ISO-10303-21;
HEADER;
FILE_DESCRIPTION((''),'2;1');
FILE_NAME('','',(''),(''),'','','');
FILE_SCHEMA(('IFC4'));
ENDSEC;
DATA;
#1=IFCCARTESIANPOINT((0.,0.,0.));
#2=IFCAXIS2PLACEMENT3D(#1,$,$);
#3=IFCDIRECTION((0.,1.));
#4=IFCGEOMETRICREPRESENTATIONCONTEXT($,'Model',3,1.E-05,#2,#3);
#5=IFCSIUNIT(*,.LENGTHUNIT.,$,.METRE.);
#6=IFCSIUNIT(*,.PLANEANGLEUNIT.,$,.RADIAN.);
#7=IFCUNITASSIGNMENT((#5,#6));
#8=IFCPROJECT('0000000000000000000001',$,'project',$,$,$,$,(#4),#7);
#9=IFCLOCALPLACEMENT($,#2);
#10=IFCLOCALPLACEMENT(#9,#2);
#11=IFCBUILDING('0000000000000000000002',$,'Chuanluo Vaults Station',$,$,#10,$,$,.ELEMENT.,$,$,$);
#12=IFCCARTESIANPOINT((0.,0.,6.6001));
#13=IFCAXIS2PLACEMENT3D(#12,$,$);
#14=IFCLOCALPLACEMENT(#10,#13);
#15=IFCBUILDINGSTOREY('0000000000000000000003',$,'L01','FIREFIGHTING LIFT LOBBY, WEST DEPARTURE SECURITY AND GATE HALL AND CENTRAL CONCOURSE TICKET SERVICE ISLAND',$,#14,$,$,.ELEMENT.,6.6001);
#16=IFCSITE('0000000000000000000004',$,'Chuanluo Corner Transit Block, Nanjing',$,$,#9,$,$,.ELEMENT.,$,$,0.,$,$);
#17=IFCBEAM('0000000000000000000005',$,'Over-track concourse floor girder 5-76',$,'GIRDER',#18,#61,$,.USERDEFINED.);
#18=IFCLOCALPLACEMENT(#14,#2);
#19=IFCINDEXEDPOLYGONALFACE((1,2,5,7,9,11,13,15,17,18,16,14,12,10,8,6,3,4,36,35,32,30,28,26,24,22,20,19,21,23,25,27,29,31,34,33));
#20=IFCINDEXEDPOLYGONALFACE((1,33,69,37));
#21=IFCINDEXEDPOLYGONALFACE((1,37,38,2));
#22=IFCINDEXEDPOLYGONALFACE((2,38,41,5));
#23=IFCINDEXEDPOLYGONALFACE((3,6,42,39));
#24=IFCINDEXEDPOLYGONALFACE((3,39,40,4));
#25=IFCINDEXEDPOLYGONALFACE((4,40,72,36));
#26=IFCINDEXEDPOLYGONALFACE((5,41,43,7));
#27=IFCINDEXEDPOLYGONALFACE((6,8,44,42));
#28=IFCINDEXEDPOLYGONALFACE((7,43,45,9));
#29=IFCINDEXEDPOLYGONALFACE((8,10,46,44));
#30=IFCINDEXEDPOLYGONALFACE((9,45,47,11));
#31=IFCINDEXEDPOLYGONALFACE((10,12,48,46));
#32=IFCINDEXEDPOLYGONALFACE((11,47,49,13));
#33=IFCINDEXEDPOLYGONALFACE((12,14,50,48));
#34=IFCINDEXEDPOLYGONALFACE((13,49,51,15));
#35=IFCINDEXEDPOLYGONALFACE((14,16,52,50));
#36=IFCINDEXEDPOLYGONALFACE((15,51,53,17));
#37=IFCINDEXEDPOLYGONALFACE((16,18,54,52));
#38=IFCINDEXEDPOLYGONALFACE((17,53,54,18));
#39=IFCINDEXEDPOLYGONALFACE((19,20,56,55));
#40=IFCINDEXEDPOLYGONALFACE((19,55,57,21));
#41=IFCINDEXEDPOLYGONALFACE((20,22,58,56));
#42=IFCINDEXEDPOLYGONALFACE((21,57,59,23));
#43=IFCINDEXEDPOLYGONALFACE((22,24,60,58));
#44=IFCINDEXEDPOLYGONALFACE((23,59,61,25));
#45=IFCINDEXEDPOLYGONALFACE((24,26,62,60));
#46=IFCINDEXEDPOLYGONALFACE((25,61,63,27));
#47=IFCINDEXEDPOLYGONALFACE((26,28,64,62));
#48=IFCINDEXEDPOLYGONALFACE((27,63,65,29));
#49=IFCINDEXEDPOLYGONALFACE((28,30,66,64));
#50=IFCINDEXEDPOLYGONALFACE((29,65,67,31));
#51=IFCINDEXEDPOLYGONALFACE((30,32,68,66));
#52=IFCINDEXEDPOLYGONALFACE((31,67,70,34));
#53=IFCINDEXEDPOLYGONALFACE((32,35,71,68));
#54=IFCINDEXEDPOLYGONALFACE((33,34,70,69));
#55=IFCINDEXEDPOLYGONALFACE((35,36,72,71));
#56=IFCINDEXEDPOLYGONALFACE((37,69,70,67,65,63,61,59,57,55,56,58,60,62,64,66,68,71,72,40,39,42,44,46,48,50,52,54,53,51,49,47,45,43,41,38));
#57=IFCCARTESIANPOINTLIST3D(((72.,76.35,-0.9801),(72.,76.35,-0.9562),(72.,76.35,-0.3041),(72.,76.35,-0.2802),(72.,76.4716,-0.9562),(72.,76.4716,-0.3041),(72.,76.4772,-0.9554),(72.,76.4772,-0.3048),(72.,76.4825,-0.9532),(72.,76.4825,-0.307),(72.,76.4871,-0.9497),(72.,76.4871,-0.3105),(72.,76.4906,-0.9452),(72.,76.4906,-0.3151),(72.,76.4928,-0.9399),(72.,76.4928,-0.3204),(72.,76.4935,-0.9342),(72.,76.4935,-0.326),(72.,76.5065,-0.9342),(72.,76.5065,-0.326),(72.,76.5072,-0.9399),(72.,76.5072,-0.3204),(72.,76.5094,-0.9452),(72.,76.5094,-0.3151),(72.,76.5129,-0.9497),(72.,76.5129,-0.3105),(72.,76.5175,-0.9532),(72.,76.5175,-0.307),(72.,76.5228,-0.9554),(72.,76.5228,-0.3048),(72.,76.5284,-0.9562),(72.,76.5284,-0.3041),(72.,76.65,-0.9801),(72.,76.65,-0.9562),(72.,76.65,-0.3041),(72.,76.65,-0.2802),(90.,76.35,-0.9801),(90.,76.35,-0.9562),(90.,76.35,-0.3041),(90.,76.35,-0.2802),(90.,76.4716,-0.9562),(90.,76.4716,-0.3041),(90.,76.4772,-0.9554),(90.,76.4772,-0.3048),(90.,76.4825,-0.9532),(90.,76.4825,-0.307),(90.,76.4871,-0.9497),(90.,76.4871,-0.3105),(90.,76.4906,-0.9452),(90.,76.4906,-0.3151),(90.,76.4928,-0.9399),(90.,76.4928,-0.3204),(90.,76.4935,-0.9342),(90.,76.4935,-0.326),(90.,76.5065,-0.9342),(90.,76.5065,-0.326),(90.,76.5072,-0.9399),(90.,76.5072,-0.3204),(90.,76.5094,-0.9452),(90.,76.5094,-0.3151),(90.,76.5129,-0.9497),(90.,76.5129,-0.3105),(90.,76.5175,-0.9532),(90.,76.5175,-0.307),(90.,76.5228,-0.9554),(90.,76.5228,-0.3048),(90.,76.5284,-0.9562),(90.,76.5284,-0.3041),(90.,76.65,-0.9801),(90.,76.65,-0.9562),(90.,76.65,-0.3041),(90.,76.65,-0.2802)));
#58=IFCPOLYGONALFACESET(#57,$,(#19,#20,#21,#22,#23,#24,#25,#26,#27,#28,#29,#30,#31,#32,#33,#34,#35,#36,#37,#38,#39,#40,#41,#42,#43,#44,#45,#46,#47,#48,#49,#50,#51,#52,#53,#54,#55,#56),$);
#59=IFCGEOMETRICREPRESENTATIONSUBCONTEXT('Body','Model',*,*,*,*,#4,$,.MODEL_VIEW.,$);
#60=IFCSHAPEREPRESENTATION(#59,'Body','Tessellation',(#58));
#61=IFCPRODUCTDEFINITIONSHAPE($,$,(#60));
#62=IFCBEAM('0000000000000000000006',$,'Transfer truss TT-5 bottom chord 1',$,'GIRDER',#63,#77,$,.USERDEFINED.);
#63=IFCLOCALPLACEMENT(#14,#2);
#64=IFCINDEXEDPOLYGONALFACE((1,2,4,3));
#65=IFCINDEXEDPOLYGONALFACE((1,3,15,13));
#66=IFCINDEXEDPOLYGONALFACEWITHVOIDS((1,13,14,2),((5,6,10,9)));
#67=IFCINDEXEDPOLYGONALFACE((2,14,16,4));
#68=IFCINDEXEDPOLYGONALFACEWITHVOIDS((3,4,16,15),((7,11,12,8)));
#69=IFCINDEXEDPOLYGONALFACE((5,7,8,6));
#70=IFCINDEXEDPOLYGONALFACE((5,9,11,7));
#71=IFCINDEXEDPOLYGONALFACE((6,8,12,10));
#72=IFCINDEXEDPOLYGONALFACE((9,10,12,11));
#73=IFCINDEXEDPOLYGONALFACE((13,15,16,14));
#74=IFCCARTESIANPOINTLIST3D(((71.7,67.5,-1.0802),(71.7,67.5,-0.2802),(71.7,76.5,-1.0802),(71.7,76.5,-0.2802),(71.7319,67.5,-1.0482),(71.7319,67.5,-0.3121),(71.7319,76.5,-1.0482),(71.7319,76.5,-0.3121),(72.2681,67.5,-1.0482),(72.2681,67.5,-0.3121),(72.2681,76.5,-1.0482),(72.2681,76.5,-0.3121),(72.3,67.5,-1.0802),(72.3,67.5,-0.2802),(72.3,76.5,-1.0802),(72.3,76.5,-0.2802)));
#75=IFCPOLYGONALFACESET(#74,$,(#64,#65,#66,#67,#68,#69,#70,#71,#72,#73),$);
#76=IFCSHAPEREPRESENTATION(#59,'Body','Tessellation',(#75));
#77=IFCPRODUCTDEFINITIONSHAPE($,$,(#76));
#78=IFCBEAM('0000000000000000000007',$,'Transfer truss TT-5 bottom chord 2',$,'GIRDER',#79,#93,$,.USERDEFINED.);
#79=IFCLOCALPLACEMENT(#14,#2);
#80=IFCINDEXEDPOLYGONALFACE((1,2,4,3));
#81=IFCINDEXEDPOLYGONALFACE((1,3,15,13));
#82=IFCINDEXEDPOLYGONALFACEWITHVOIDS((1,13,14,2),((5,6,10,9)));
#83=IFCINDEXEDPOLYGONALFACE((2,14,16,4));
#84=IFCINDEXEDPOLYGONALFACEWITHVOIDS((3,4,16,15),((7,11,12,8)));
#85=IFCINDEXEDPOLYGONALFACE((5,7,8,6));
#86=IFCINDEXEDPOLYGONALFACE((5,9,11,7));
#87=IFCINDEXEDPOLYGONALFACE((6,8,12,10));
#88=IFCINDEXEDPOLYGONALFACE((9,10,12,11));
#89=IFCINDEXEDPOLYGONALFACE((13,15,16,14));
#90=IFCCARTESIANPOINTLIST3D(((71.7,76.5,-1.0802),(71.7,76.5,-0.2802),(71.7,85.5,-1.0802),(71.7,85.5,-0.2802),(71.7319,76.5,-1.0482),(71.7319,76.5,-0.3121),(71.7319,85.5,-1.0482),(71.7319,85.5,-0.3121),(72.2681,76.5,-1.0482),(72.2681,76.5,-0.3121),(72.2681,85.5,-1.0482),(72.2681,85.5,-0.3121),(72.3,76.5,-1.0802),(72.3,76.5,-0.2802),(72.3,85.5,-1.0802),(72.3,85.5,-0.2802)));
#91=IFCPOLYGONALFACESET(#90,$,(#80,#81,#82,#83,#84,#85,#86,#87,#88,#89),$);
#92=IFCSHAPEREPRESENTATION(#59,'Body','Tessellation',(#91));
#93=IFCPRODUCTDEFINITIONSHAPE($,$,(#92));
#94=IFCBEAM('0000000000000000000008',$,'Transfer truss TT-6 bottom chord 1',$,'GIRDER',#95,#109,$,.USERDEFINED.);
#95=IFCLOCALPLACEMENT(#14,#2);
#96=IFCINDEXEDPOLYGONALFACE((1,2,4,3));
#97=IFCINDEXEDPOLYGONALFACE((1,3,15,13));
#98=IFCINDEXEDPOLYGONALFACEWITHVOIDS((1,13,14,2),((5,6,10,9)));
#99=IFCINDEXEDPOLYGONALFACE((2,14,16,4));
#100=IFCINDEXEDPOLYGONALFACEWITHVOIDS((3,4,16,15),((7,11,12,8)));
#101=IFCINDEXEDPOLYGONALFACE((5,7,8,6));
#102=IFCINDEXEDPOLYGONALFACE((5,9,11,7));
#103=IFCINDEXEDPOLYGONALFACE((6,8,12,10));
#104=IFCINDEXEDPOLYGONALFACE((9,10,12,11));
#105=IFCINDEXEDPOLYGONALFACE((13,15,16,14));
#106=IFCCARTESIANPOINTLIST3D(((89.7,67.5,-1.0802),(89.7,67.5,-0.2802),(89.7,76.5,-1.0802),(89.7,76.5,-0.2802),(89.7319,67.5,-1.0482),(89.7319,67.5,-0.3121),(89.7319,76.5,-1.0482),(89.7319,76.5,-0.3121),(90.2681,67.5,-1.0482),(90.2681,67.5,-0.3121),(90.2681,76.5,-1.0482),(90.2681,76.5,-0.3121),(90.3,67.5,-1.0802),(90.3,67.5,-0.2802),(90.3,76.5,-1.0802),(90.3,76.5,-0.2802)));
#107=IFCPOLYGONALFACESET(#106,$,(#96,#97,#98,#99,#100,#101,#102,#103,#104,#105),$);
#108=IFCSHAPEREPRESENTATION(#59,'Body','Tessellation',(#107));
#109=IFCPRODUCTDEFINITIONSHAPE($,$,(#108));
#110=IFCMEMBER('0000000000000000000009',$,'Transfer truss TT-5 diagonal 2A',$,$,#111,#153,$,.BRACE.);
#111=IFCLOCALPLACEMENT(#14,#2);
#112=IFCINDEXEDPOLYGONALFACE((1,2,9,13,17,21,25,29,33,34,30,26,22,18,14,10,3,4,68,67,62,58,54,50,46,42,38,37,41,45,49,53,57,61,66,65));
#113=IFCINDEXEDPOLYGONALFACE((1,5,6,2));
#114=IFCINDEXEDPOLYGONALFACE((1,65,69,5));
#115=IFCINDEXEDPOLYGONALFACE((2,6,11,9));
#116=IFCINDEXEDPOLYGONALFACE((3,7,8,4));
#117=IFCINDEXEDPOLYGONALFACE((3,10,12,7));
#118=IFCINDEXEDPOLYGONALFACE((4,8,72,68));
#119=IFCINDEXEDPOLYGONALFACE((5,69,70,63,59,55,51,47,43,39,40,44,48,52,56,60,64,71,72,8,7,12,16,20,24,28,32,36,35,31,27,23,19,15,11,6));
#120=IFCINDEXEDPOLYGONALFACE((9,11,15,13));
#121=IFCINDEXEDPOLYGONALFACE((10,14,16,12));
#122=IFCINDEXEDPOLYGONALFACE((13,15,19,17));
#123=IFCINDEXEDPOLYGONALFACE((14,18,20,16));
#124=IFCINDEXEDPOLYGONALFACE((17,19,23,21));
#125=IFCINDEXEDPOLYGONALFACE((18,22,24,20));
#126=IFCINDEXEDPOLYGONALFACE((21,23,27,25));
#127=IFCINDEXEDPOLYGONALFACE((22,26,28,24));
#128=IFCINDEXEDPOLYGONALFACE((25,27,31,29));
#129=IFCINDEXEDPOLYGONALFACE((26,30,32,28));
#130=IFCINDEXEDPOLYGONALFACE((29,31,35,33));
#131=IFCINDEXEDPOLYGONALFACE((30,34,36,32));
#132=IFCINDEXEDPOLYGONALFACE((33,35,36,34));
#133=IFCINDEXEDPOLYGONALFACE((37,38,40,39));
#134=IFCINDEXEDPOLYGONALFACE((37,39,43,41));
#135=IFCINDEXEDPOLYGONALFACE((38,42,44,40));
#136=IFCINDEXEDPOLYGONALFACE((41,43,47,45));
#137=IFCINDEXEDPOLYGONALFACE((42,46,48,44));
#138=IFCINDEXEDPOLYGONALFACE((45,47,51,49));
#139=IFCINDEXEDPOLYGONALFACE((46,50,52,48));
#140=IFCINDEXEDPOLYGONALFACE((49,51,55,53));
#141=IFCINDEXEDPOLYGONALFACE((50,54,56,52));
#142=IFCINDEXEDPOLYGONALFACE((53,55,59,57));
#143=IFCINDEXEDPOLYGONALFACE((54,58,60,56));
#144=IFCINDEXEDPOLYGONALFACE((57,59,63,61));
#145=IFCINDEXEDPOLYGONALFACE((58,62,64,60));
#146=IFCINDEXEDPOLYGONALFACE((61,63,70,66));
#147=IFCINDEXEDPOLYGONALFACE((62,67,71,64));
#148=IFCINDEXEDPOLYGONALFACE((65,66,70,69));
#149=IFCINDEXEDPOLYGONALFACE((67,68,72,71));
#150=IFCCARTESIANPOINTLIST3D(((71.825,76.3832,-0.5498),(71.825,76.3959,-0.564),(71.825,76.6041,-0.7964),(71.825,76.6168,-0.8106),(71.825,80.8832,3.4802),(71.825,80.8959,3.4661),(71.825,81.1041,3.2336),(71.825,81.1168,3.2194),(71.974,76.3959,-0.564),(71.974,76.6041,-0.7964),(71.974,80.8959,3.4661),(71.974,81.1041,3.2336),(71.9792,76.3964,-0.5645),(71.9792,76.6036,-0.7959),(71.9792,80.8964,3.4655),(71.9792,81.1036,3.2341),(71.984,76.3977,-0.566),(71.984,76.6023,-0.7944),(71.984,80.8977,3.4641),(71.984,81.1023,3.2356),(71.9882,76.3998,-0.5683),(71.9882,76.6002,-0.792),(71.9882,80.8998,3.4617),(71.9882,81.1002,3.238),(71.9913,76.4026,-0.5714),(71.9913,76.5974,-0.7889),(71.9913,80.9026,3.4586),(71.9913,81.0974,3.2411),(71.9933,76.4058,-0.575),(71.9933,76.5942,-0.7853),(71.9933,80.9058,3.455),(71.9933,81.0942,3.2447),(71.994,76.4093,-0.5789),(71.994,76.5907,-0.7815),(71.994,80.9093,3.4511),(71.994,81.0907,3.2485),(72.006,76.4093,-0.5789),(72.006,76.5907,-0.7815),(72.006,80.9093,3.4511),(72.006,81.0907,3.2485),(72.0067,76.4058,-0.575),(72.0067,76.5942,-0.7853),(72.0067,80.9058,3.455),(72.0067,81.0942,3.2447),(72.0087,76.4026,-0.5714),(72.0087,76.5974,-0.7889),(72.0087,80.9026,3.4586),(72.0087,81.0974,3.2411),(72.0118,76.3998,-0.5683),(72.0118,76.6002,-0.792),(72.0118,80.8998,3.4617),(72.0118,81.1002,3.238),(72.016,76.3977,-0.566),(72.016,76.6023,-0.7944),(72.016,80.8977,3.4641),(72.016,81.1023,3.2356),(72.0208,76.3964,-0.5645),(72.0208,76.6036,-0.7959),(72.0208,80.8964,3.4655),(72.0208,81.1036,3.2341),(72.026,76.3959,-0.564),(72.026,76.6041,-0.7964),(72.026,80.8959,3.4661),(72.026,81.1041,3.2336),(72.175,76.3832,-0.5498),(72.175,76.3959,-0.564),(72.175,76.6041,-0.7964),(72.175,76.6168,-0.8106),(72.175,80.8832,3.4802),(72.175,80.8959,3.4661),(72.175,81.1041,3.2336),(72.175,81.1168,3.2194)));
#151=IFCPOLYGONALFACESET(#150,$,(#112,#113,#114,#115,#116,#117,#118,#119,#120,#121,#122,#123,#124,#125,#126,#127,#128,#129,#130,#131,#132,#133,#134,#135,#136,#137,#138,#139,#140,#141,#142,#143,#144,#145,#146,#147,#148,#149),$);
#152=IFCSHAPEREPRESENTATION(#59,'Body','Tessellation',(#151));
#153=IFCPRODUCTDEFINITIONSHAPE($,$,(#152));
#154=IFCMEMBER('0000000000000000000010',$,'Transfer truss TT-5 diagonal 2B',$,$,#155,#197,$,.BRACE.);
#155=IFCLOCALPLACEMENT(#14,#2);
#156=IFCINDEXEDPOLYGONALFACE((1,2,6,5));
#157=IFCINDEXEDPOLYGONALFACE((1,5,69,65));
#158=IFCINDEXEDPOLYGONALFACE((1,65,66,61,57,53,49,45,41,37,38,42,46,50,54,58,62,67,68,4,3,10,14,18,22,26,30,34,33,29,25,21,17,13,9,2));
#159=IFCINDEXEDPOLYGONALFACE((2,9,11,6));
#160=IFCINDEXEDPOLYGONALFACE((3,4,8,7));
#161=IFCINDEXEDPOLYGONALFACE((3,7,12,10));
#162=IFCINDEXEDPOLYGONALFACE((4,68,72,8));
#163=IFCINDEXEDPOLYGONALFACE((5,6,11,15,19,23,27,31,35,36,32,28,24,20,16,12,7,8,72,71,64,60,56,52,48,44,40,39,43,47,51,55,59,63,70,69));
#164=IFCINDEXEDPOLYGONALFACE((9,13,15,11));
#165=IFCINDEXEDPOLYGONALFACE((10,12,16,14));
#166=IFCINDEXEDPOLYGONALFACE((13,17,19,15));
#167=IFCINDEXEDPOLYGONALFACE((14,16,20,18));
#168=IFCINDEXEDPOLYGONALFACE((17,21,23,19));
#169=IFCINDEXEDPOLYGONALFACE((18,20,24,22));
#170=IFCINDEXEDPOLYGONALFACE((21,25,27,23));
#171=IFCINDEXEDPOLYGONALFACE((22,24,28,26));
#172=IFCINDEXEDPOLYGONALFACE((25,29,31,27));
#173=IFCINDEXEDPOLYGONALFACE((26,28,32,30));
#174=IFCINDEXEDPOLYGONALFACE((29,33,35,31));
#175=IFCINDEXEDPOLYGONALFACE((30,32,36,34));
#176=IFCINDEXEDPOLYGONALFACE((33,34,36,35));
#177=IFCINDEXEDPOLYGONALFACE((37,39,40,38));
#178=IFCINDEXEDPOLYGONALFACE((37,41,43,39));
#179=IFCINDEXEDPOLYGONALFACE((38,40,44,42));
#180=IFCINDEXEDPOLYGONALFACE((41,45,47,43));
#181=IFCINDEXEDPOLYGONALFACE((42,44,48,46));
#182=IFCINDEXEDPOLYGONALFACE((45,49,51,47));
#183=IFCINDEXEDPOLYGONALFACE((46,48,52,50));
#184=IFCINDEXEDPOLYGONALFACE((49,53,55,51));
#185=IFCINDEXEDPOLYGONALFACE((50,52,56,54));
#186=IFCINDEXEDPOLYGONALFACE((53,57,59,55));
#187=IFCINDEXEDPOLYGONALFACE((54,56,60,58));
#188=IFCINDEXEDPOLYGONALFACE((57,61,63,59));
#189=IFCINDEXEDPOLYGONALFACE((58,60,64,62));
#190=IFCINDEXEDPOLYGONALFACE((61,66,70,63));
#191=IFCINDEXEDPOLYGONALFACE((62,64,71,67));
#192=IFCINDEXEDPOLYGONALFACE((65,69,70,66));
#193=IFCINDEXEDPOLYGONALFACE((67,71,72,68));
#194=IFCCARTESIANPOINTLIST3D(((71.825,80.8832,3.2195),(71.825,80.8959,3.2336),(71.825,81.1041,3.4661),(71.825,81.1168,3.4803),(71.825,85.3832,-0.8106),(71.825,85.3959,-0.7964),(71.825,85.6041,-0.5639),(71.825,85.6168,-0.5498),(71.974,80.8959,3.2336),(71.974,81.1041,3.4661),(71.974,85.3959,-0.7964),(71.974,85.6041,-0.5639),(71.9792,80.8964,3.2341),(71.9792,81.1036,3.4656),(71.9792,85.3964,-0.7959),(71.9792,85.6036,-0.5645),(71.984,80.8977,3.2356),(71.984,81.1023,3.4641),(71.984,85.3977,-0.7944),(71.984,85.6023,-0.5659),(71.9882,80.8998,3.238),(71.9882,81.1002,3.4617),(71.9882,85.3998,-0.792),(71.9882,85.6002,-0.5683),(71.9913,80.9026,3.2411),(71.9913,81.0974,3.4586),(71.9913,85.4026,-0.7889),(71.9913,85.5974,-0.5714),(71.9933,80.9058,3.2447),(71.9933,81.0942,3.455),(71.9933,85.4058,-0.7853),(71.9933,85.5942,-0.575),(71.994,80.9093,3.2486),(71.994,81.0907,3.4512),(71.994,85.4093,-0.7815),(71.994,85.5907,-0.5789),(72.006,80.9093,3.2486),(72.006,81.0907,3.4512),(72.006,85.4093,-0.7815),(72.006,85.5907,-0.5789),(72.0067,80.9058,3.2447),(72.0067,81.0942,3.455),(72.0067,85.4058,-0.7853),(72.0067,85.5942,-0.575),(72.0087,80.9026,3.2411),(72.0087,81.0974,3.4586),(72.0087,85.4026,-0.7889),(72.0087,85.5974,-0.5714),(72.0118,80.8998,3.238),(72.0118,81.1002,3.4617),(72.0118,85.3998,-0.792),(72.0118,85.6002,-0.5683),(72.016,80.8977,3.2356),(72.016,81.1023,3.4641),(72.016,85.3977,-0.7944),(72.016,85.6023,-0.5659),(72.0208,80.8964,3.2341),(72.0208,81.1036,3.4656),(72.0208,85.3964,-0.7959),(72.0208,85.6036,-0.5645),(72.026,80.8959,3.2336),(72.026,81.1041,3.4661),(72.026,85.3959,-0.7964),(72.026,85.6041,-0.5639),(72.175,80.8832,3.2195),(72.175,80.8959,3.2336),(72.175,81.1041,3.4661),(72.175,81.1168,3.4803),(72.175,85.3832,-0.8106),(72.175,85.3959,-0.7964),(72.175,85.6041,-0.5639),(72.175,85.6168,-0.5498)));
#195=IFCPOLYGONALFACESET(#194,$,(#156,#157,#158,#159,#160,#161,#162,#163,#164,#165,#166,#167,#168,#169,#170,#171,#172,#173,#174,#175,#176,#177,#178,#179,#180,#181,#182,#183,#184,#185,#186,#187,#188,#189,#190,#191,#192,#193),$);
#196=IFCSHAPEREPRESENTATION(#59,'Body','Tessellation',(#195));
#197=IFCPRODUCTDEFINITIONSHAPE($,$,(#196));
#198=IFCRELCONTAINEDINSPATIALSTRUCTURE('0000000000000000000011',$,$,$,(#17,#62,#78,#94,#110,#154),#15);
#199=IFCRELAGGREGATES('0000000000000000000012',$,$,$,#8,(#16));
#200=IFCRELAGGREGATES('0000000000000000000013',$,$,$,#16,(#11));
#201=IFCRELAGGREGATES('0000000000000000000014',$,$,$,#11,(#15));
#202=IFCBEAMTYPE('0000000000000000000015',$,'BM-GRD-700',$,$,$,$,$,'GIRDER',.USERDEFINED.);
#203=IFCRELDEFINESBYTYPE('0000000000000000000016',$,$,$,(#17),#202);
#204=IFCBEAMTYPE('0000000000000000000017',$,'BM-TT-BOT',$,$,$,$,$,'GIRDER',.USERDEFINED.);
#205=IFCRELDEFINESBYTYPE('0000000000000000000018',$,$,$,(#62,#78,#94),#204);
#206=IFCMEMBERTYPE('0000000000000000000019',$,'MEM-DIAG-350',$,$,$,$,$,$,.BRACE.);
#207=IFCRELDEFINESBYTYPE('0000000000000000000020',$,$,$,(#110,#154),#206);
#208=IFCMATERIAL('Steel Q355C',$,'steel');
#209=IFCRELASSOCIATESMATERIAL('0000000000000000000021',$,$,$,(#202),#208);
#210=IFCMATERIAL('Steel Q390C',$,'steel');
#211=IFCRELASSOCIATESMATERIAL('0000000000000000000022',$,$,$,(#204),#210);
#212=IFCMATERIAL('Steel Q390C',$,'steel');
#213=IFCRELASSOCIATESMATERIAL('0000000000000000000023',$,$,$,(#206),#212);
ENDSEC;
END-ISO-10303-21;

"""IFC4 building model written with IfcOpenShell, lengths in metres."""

from ifc_helpers import new_model, si_unit, direction, frame, origin, origin_2d, place, context, subcontext, project, spatial, hollow_rectangle, i_section, extrude, material, material_profile, profile_set, type_object, element, save


model = new_model("IFC4")

# Units and contexts
model_context = context("Model", 3, precision=1e-05, world=origin(), true_north=direction((0.0, 1.0)))
body_context = subcontext(model_context, "Body", "Model", "MODEL_VIEW")
ifc_project = project(units=[si_unit("LENGTHUNIT", "METRE"), si_unit("PLANEANGLEUNIT", "RADIAN")], contexts=[model_context])

# Site, building, storey
site_placement = place(None, origin())
site = spatial("IfcSite", under=ifc_project, at=site_placement, Name="Chuanluo Corner Transit Block, Nanjing", CompositionType="ELEMENT", RefElevation=0.0)
building_placement = place(site_placement, origin())
building = spatial("IfcBuilding", under=site, at=building_placement, Name="Chuanluo Vaults Station", CompositionType="ELEMENT")
storey_placement = place(building_placement, frame((0.0, 0.0, 6.6001)))
storey = spatial("IfcBuildingStorey", under=building, at=storey_placement, Name="L01", Description="FIREFIGHTING LIFT LOBBY, WEST DEPARTURE SECURITY AND GATE HALL AND CENTRAL CONCOURSE TICKET SERVICE ISLAND", CompositionType="ELEMENT", Elevation=6.6001)

# Beams
ifc_material_1 = material(Name="Steel Q355C", Category="steel")
ifc_material_profile_1 = material_profile(ifc_material_1, i_section(OverallWidth=0.3, OverallDepth=0.7, WebThickness=0.0129, FlangeThickness=0.0239, FilletRadius=0.022, at=origin_2d()))
ifc_profile_set_1 = profile_set([ifc_material_profile_1], Name="Steel Q355C")
beam_type_1 = type_object("IfcBeamType", Name="BM-GRD-700", ElementType="GIRDER", PredefinedType="USERDEFINED", material=ifc_profile_set_1)
for number, where, z_axis, x_axis, name in (
    (1, (72.0, 76.5, -0.6301), (1.0, 0.0, 0.0), (0.0, 1.0, 0.0), "Over-track concourse floor girder 5-76"),
):
    element("IfcBeam", number, at=place(storey_placement, frame(where, z_axis=z_axis, x_axis=x_axis)), inside=storey, type_object=beam_type_1, Name=name, ObjectType="GIRDER", PredefinedType="USERDEFINED", context=body_context, shape_type="SweptSolid", body=[
        extrude(i_section(OverallWidth=0.3, OverallDepth=0.7, WebThickness=0.0129, FlangeThickness=0.0239, FilletRadius=0.022, at=origin_2d()), origin(), (0.0, 0.0, 1.0), 18.0),
    ])
ifc_material_2 = material(Name="Steel Q390C", Category="steel")
ifc_material_profile_2 = material_profile(ifc_material_2, hollow_rectangle(XDim=0.6001, YDim=0.8, WallThickness=0.032, at=origin_2d()))
ifc_profile_set_2 = profile_set([ifc_material_profile_2], Name="Steel Q390C")
beam_type_2 = type_object("IfcBeamType", Name="BM-TT-BOT", ElementType="GIRDER", PredefinedType="USERDEFINED", material=ifc_profile_set_2)
for number, where, z_axis, x_axis, name in (
    (2, (72.0, 67.5, -0.6802), (0.0, 1.0, 0.0), (-1.0, 0.0, 0.0), "Transfer truss TT-5 bottom chord 1"),
    (3, (72.0, 76.5, -0.6802), (0.0, 1.0, 0.0), (-1.0, 0.0, 0.0), "Transfer truss TT-5 bottom chord 2"),
    (4, (90.0, 67.5, -0.6802), (0.0, 1.0, 0.0), (-1.0, 0.0, 0.0), "Transfer truss TT-6 bottom chord 1"),
):
    element("IfcBeam", number, at=place(storey_placement, frame(where, z_axis=z_axis, x_axis=x_axis)), inside=storey, type_object=beam_type_2, Name=name, ObjectType="GIRDER", PredefinedType="USERDEFINED", context=body_context, shape_type="SweptSolid", body=[
        extrude(hollow_rectangle(XDim=0.6001, YDim=0.8, WallThickness=0.032, at=origin_2d()), origin(), (0.0, 0.0, 1.0), 9.0),
    ])

# Members
ifc_material_3 = material(Name="Steel Q390C", Category="steel")
ifc_material_profile_3 = material_profile(ifc_material_3, i_section(OverallWidth=0.3501, OverallDepth=0.3501, WebThickness=0.012, FlangeThickness=0.019, FilletRadius=0.02, at=origin_2d()))
ifc_profile_set_3 = profile_set([ifc_material_profile_3], Name="Steel Q390C")
member_type_1 = type_object("IfcMemberType", Name="MEM-DIAG-350", PredefinedType="BRACE", material=ifc_profile_set_3)
for number, where, z_axis, x_axis, name in (
    (5, (72.0, 76.5, -0.6802), (0.0, 0.744936, 0.667136), (-1.0, 0.0, 0.0), "Transfer truss TT-5 diagonal 2A"),
    (6, (72.0, 81.0, 3.3499), (0.0, 0.744936, -0.667136), (-1.0, 0.0, 0.0), "Transfer truss TT-5 diagonal 2B"),
):
    element("IfcMember", number, at=place(storey_placement, frame(where, z_axis=z_axis, x_axis=x_axis)), inside=storey, type_object=member_type_1, Name=name, PredefinedType="BRACE", context=body_context, shape_type="SweptSolid", body=[
        extrude(i_section(OverallWidth=0.3501, OverallDepth=0.3501, WebThickness=0.012, FlangeThickness=0.019, FilletRadius=0.02, at=origin_2d()), origin(), (0.0, 0.0, 1.0), 6.0408),
    ])

save(model, "model.ifc")
